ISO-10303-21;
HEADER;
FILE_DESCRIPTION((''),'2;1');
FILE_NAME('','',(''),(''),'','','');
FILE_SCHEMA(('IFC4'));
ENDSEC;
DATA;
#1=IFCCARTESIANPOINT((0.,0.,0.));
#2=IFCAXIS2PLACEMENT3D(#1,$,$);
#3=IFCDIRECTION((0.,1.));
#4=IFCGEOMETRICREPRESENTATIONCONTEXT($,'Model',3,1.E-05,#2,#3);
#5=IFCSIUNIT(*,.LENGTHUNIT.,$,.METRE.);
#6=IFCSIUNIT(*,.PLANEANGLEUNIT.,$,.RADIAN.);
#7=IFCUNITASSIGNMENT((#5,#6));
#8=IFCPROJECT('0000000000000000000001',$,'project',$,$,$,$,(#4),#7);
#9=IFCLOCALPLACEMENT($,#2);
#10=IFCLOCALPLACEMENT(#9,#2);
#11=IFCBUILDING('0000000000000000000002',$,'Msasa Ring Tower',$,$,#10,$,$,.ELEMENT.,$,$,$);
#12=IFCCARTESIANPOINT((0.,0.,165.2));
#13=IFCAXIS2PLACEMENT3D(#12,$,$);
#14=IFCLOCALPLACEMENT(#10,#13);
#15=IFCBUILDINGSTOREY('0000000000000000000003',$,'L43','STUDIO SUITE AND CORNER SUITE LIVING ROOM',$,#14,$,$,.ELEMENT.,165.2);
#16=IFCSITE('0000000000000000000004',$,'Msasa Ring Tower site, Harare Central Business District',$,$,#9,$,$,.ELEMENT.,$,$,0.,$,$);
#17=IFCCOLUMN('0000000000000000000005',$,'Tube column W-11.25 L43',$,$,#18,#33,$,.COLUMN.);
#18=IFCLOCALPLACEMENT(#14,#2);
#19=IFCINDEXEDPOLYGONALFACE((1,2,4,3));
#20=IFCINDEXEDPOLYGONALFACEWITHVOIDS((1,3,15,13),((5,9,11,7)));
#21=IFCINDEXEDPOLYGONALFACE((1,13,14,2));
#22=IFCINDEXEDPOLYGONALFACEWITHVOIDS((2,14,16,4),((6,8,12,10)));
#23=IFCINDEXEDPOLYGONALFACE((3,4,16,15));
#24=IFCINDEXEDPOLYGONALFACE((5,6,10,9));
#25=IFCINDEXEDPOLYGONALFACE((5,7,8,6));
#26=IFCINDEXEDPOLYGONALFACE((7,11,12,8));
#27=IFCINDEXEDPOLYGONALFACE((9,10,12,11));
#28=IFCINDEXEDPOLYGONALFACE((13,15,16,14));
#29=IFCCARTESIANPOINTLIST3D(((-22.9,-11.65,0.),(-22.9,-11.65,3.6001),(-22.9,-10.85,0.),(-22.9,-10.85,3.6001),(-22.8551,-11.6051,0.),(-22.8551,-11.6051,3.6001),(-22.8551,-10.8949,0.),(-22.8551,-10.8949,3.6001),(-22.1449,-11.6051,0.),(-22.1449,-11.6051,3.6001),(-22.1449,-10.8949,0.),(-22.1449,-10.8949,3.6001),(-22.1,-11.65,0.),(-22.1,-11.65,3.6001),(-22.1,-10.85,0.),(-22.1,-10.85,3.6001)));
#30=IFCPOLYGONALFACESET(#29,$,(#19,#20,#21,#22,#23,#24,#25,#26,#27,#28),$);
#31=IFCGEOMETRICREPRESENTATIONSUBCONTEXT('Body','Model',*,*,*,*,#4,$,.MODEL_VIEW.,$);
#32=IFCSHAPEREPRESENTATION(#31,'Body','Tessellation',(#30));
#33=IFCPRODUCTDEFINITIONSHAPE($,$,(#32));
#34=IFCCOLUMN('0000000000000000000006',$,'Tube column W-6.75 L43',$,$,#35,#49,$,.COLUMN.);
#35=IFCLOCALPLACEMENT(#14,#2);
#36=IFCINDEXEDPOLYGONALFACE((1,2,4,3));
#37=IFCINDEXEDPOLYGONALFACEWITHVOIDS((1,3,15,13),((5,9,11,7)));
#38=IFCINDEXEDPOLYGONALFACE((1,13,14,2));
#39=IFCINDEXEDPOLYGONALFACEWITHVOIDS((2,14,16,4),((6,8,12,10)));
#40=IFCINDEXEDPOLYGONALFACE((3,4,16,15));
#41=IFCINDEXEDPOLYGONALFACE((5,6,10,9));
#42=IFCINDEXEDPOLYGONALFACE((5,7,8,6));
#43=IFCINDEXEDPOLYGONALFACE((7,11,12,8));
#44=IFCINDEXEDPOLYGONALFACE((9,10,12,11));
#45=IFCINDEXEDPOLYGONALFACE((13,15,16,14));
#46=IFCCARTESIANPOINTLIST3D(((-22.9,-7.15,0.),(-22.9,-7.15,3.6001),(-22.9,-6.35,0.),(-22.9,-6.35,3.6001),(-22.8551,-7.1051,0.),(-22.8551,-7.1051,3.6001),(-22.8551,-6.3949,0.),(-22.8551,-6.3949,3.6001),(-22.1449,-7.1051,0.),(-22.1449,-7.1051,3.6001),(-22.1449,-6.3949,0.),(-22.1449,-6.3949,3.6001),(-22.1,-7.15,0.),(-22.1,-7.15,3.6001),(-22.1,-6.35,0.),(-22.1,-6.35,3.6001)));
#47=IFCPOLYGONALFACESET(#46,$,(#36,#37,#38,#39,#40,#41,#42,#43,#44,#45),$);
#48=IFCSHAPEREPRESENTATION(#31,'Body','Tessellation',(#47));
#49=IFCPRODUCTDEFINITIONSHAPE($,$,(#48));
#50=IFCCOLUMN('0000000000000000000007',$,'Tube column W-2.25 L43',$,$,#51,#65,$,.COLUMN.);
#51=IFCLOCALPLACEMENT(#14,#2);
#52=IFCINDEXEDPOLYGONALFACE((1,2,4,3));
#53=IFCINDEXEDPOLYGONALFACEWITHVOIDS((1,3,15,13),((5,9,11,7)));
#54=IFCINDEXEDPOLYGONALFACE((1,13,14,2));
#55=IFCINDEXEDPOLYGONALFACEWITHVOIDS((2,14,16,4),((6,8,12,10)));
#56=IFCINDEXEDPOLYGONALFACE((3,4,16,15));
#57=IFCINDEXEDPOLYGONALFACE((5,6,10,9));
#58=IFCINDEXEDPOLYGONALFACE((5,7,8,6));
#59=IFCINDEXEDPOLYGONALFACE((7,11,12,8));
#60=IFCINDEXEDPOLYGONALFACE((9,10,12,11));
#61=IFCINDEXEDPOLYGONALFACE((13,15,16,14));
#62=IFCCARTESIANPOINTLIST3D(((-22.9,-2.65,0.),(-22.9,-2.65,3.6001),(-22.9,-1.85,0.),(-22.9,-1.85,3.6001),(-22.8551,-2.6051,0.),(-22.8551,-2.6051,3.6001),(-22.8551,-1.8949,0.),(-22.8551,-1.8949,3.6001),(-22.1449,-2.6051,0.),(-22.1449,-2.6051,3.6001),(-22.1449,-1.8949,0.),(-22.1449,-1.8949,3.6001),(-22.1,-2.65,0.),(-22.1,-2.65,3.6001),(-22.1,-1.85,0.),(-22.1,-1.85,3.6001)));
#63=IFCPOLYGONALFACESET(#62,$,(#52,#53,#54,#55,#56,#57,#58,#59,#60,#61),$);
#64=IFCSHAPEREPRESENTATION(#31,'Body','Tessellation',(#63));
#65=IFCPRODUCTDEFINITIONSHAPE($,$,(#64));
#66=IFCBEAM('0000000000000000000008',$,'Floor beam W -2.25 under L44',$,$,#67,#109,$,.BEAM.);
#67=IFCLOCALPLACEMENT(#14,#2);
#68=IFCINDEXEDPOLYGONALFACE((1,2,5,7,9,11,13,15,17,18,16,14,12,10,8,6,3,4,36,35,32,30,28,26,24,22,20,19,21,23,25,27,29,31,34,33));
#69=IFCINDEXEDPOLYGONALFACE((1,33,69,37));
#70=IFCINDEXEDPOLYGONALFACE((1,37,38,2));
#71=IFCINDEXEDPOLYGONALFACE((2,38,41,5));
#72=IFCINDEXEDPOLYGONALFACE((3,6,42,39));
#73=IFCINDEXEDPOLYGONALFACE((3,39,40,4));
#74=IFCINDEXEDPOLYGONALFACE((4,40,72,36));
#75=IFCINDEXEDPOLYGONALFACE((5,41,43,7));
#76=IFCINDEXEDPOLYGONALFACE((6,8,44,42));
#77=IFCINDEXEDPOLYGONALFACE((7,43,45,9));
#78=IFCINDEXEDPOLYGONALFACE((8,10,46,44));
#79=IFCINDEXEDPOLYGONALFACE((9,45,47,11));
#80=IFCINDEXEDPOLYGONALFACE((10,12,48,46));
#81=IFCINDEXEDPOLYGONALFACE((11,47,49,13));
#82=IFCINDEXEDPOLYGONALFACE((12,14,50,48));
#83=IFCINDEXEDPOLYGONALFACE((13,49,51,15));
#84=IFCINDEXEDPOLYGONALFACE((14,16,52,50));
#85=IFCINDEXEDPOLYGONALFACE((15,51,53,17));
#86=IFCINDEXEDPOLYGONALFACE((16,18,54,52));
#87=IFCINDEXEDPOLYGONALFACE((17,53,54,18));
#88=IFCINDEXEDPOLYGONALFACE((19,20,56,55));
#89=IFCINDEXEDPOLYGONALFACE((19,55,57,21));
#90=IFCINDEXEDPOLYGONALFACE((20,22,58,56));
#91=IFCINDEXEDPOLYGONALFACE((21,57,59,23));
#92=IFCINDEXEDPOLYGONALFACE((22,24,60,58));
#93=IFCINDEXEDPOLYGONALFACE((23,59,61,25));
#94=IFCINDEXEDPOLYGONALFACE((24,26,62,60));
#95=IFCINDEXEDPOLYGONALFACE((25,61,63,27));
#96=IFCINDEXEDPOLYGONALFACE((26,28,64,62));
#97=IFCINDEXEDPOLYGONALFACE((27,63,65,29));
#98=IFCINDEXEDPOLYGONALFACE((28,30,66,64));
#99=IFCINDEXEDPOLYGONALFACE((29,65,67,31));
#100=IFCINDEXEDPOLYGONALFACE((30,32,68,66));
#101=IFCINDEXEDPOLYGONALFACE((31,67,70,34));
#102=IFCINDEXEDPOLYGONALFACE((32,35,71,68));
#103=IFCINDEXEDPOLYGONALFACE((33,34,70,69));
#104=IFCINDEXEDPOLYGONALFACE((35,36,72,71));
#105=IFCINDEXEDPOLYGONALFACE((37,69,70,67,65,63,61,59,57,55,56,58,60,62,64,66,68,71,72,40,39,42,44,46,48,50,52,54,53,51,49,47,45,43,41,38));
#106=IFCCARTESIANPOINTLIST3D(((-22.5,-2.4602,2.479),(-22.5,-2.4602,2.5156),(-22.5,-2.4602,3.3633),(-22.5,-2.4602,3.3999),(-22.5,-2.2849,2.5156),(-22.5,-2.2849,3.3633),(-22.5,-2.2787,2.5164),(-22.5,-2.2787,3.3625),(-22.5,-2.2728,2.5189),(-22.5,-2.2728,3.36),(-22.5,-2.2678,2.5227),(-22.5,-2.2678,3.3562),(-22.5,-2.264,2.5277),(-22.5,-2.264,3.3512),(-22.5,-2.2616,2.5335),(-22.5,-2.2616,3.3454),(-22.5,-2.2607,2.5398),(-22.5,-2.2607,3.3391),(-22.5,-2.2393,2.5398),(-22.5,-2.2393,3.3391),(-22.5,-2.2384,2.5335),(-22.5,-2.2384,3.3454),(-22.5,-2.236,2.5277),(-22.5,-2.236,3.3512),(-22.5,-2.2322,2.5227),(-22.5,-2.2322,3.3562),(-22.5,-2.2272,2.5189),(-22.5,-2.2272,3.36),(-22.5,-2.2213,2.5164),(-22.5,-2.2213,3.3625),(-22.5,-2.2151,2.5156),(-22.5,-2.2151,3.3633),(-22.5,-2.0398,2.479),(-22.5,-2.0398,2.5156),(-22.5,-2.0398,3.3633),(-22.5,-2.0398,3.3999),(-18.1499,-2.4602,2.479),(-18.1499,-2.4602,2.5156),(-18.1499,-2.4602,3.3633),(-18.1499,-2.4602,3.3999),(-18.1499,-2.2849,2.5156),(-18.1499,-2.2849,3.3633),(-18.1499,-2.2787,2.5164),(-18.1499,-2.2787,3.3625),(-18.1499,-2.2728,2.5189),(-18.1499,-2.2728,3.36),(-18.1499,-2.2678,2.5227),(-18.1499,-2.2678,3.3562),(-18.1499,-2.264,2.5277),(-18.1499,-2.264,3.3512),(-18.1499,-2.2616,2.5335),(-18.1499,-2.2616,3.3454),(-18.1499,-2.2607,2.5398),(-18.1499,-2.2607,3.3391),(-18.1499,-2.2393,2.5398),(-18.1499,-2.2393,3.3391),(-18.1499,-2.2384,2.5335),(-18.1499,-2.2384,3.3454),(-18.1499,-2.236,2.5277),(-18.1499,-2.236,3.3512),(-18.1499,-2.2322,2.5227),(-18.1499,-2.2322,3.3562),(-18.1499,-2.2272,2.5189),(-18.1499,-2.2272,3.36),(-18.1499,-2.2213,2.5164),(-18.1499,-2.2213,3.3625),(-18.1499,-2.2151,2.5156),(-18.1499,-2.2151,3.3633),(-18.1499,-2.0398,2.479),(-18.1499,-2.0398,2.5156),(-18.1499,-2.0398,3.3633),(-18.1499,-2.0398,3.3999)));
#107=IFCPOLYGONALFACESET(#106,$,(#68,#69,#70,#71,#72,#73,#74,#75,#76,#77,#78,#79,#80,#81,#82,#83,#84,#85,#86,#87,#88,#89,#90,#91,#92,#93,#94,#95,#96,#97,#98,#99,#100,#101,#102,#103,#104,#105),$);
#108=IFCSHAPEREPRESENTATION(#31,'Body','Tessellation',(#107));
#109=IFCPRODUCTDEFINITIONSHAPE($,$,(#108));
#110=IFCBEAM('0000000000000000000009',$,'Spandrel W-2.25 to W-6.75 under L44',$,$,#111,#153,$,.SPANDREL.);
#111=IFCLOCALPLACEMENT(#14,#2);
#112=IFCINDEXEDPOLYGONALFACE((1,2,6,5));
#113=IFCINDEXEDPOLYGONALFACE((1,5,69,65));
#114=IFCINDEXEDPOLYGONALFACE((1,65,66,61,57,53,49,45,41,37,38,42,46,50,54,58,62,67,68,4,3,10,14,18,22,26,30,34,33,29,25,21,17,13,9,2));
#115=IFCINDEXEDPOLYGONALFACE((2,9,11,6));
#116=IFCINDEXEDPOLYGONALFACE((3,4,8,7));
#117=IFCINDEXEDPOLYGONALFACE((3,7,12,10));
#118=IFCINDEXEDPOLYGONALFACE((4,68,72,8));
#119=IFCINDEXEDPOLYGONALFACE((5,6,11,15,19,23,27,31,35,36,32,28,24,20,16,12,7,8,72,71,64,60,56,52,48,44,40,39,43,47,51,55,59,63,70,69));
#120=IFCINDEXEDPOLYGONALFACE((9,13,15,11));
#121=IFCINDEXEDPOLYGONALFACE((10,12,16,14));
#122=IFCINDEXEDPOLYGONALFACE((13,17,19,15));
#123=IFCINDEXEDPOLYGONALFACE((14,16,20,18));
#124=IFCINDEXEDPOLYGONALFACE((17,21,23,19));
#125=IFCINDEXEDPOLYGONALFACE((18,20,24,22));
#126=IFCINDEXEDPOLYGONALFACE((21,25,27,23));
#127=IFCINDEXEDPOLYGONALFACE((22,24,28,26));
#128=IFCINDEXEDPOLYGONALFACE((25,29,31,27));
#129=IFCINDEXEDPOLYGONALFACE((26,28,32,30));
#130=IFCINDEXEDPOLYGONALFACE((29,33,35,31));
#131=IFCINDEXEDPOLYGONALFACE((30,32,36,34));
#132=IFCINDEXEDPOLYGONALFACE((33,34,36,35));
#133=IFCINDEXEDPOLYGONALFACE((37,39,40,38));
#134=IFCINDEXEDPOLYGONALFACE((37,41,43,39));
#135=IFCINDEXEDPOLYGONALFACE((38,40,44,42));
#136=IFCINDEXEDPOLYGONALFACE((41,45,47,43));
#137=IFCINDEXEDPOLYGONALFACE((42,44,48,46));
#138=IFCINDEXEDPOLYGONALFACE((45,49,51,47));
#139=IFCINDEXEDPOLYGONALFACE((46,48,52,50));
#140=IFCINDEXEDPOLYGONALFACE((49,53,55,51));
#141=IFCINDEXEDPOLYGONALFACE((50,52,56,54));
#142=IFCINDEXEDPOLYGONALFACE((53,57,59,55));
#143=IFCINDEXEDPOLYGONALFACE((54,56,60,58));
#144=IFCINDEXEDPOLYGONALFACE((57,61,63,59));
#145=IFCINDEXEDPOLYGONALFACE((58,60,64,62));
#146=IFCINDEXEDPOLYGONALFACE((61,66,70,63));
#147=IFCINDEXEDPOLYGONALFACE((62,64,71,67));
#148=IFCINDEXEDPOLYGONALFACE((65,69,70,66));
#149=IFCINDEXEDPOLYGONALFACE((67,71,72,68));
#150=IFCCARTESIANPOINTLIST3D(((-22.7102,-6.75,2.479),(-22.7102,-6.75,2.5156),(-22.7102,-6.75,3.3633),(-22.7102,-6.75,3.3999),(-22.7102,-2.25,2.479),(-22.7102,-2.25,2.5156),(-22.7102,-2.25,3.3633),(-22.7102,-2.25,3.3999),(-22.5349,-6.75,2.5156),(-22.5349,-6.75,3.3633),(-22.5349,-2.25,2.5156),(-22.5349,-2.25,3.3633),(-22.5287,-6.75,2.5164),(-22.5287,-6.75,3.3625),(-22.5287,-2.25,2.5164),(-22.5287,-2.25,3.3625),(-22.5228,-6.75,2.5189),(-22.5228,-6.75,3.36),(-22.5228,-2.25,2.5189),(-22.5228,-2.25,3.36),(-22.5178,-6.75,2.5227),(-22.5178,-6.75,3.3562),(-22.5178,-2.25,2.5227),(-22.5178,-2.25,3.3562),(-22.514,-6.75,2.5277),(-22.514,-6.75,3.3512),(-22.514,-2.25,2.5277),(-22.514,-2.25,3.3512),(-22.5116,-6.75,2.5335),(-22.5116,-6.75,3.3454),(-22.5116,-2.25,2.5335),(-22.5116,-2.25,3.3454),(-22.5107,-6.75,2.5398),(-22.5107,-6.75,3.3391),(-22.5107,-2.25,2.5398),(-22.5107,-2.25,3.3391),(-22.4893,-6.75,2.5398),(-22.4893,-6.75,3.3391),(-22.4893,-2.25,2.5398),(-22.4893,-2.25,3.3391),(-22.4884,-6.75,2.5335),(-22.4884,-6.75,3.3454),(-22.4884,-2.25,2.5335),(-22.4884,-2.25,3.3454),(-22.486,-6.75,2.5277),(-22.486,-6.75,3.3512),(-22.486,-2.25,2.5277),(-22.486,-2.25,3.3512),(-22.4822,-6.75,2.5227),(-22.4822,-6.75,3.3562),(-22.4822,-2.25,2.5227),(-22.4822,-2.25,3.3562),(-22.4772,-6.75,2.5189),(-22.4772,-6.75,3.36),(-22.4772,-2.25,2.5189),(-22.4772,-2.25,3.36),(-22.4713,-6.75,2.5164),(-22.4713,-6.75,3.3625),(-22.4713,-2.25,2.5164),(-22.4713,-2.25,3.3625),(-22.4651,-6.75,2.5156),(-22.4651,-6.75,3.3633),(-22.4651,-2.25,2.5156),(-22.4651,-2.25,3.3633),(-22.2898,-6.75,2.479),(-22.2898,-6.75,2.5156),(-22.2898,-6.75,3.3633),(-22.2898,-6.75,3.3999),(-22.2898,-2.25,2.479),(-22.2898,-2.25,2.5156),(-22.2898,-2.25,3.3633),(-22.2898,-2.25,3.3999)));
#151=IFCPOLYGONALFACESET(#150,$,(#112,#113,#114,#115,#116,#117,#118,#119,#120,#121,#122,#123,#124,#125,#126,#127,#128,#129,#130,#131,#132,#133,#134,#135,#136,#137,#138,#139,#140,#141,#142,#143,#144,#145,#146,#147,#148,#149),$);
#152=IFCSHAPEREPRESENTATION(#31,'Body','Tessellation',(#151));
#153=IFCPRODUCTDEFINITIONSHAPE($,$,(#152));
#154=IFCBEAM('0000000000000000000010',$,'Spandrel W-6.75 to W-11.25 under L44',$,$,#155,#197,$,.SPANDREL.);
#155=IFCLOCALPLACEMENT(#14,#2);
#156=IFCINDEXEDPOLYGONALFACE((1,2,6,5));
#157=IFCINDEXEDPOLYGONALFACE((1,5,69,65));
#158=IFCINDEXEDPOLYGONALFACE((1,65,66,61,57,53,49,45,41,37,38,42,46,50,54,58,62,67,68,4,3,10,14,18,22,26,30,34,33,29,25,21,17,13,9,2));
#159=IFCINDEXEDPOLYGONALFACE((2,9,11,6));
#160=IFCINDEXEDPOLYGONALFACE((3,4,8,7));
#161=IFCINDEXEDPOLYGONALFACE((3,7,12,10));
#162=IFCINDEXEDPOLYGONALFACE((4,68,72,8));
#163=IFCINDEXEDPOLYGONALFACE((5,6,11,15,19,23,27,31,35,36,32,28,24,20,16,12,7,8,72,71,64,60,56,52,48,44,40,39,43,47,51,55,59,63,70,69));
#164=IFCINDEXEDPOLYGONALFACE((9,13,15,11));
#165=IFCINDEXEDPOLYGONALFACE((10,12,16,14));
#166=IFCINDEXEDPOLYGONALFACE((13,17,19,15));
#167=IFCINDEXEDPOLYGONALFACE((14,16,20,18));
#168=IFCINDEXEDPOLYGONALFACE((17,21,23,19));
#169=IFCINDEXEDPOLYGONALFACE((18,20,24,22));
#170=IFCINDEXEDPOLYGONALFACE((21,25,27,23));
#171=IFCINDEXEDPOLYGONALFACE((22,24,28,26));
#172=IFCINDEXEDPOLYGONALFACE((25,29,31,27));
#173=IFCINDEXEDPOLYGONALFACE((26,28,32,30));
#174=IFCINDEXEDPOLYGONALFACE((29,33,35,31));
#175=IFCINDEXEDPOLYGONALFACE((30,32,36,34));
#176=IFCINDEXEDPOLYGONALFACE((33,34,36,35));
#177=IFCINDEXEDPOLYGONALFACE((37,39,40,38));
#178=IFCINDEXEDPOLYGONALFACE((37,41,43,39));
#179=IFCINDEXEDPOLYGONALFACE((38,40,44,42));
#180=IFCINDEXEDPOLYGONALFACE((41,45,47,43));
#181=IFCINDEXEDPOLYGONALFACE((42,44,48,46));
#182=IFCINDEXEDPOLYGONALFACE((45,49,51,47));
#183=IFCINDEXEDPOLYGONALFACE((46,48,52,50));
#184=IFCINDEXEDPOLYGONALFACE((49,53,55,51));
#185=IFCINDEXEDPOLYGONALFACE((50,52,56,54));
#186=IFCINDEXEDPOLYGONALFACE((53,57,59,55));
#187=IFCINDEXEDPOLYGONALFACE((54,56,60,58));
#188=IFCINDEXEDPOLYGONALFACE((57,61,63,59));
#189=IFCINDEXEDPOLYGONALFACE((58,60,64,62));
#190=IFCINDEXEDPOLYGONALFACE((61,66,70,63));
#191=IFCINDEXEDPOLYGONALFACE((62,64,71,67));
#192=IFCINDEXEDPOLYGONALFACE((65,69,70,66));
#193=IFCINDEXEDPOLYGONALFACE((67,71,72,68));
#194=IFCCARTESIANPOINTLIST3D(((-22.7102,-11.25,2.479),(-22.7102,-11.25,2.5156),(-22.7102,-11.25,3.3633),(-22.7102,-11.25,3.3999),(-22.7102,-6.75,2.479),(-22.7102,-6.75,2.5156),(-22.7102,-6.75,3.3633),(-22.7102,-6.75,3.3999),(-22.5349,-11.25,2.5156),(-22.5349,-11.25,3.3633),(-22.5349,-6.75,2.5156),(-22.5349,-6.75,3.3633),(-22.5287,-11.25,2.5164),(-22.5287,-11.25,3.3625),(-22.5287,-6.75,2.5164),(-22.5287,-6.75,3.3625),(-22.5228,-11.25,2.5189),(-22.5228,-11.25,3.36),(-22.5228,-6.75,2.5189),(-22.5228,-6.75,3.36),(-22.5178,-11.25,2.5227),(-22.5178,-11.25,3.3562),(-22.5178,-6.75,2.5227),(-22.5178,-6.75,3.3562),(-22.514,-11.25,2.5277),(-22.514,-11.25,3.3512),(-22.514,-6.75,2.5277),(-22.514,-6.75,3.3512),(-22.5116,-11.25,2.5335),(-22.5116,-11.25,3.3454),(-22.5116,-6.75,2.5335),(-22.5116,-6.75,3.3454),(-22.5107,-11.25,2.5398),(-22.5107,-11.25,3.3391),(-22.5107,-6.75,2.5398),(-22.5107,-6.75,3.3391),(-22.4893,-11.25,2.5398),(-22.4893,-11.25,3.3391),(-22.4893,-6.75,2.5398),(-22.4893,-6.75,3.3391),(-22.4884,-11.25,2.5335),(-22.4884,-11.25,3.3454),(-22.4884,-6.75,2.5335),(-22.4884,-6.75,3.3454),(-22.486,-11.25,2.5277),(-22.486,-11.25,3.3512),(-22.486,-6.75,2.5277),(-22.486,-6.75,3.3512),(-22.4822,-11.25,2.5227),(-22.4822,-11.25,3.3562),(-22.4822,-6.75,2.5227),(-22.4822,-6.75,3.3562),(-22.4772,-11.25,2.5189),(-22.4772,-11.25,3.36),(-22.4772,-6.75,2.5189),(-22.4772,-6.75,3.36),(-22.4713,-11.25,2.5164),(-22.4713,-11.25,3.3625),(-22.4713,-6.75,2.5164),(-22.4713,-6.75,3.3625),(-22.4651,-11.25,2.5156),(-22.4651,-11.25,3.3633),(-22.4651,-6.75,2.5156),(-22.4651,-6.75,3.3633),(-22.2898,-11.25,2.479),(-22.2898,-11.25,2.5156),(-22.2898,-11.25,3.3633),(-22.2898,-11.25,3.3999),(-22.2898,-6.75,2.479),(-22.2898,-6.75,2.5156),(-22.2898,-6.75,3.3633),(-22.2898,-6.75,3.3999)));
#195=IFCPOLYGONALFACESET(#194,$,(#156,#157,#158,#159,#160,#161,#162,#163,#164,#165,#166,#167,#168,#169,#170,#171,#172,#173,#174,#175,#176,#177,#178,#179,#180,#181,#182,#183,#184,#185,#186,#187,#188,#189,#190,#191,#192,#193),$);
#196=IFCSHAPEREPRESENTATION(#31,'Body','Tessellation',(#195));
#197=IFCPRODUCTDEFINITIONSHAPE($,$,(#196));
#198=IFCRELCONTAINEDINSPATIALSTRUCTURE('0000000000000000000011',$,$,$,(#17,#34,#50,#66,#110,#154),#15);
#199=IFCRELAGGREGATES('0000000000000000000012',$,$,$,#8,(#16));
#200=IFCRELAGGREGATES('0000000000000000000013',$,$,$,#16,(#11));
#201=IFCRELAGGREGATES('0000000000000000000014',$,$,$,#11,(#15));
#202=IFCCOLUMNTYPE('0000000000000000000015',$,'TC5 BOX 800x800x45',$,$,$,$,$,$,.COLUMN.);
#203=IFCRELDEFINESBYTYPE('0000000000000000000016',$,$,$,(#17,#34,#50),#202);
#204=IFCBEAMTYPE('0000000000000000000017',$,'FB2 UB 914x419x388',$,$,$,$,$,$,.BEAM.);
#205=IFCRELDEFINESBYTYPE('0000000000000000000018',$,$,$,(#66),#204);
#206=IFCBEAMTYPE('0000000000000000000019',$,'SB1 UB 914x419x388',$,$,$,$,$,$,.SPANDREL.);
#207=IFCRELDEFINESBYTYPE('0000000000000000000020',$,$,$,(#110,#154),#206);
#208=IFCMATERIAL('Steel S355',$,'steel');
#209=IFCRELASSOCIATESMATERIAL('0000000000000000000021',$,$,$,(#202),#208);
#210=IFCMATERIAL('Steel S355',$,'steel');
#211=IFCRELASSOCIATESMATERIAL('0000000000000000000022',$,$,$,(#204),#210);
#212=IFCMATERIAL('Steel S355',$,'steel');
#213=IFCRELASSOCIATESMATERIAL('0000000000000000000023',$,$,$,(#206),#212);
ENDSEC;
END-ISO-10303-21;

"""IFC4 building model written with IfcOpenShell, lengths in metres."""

from ifc_helpers import new_model, si_unit, direction, frame, origin, origin_2d, place, context, subcontext, project, spatial, hollow_rectangle, i_section, extrude, material, material_profile, profile_set, type_object, element, save


model = new_model("IFC4")

# Units and contexts
model_context = context("Model", 3, precision=1e-05, world=origin(), true_north=direction((0.0, 1.0)))
body_context = subcontext(model_context, "Body", "Model", "MODEL_VIEW")
ifc_project = project(units=[si_unit("LENGTHUNIT", "METRE"), si_unit("PLANEANGLEUNIT", "RADIAN")], contexts=[model_context])

# Site, building, storey
site_placement = place(None, origin())
site = spatial("IfcSite", under=ifc_project, at=site_placement, Name="Msasa Ring Tower site, Harare Central Business District", CompositionType="ELEMENT", RefElevation=0.0)
building_placement = place(site_placement, origin())
building = spatial("IfcBuilding", under=site, at=building_placement, Name="Msasa Ring Tower", CompositionType="ELEMENT")
storey_placement = place(building_placement, frame((0.0, 0.0, 165.2)))
storey = spatial("IfcBuildingStorey", under=building, at=storey_placement, Name="L43", Description="STUDIO SUITE AND CORNER SUITE LIVING ROOM", CompositionType="ELEMENT", Elevation=165.2)

# Columns
ifc_material_1 = material(Name="Steel S355", Category="steel")
ifc_material_profile_1 = material_profile(ifc_material_1, hollow_rectangle(XDim=0.8, YDim=0.8, WallThickness=0.0449, at=origin_2d()), Name="BOX 800x800x45")
ifc_profile_set_1 = profile_set([ifc_material_profile_1], Name="Steel S355")
column_type = type_object("IfcColumnType", Name="TC5 BOX 800x800x45", PredefinedType="COLUMN", material=ifc_profile_set_1)
for number, where, z_axis, x_axis, name in (
    (1, (-22.5, -11.25, 0.0), (0.0, 0.0, 1.0), (1.0, 0.0, 0.0), "Tube column W-11.25 L43"),
    (2, (-22.5, -6.75, 0.0), (0.0, 0.0, 1.0), (1.0, 0.0, 0.0), "Tube column W-6.75 L43"),
    (3, (-22.5, -2.25, 0.0), (0.0, 0.0, 1.0), (1.0, 0.0, 0.0), "Tube column W-2.25 L43"),
):
    element("IfcColumn", number, at=place(storey_placement, frame(where, z_axis=z_axis, x_axis=x_axis)), inside=storey, type_object=column_type, Name=name, PredefinedType="COLUMN", context=body_context, shape_type="SweptSolid", body=[
        extrude(hollow_rectangle(XDim=0.8, YDim=0.8, WallThickness=0.0449, at=origin_2d()), origin(), (0.0, 0.0, 1.0), 3.6001),
    ])

# Beams
ifc_material_2 = material(Name="Steel S355", Category="steel")
ifc_material_profile_2 = material_profile(ifc_material_2, i_section(OverallWidth=0.4204, OverallDepth=0.9209, WebThickness=0.0215, FlangeThickness=0.0366, FilletRadius=0.0242, at=origin_2d()), Name="UB 914x419x388")
ifc_profile_set_2 = profile_set([ifc_material_profile_2], Name="Steel S355")
beam_type_1 = type_object("IfcBeamType", Name="FB2 UB 914x419x388", PredefinedType="BEAM", material=ifc_profile_set_2)
beam_placement = place(storey_placement, frame((-22.5, -2.25, 2.9395), z_axis=(1.0, 0.0, 0.0), x_axis=(0.0, 1.0, 0.0)))
element("IfcBeam", 4, at=beam_placement, inside=storey, type_object=beam_type_1, Name="Floor beam W -2.25 under L44", PredefinedType="BEAM", context=body_context, shape_type="SweptSolid", body=[
    extrude(i_section(OverallWidth=0.4204, OverallDepth=0.9209, WebThickness=0.0215, FlangeThickness=0.0366, FilletRadius=0.0242, at=origin_2d()), origin(), (0.0, 0.0, 1.0), 4.3501),
])
ifc_material_3 = material(Name="Steel S355", Category="steel")
ifc_material_profile_3 = material_profile(ifc_material_3, i_section(OverallWidth=0.4204, OverallDepth=0.9209, WebThickness=0.0215, FlangeThickness=0.0366, FilletRadius=0.0242, at=origin_2d()), Name="UB 914x419x388")
ifc_profile_set_3 = profile_set([ifc_material_profile_3], Name="Steel S355")
beam_type_2 = type_object("IfcBeamType", Name="SB1 UB 914x419x388", PredefinedType="SPANDREL", material=ifc_profile_set_3)
for number, where, z_axis, x_axis, name in (
    (5, (-22.5, -2.25, 2.9395), (0.0, -1.0, 0.0), (1.0, 0.0, 0.0), "Spandrel W-2.25 to W-6.75 under L44"),
    (6, (-22.5, -6.75, 2.9395), (0.0, -1.0, 0.0), (1.0, 0.0, 0.0), "Spandrel W-6.75 to W-11.25 under L44"),
):
    element("IfcBeam", number, at=place(storey_placement, frame(where, z_axis=z_axis, x_axis=x_axis)), inside=storey, type_object=beam_type_2, Name=name, PredefinedType="SPANDREL", context=body_context, shape_type="SweptSolid", body=[
        extrude(i_section(OverallWidth=0.4204, OverallDepth=0.9209, WebThickness=0.0215, FlangeThickness=0.0366, FilletRadius=0.0242, at=origin_2d()), origin(), (0.0, 0.0, 1.0), 4.5),
    ])

save(model, "model.ifc")
